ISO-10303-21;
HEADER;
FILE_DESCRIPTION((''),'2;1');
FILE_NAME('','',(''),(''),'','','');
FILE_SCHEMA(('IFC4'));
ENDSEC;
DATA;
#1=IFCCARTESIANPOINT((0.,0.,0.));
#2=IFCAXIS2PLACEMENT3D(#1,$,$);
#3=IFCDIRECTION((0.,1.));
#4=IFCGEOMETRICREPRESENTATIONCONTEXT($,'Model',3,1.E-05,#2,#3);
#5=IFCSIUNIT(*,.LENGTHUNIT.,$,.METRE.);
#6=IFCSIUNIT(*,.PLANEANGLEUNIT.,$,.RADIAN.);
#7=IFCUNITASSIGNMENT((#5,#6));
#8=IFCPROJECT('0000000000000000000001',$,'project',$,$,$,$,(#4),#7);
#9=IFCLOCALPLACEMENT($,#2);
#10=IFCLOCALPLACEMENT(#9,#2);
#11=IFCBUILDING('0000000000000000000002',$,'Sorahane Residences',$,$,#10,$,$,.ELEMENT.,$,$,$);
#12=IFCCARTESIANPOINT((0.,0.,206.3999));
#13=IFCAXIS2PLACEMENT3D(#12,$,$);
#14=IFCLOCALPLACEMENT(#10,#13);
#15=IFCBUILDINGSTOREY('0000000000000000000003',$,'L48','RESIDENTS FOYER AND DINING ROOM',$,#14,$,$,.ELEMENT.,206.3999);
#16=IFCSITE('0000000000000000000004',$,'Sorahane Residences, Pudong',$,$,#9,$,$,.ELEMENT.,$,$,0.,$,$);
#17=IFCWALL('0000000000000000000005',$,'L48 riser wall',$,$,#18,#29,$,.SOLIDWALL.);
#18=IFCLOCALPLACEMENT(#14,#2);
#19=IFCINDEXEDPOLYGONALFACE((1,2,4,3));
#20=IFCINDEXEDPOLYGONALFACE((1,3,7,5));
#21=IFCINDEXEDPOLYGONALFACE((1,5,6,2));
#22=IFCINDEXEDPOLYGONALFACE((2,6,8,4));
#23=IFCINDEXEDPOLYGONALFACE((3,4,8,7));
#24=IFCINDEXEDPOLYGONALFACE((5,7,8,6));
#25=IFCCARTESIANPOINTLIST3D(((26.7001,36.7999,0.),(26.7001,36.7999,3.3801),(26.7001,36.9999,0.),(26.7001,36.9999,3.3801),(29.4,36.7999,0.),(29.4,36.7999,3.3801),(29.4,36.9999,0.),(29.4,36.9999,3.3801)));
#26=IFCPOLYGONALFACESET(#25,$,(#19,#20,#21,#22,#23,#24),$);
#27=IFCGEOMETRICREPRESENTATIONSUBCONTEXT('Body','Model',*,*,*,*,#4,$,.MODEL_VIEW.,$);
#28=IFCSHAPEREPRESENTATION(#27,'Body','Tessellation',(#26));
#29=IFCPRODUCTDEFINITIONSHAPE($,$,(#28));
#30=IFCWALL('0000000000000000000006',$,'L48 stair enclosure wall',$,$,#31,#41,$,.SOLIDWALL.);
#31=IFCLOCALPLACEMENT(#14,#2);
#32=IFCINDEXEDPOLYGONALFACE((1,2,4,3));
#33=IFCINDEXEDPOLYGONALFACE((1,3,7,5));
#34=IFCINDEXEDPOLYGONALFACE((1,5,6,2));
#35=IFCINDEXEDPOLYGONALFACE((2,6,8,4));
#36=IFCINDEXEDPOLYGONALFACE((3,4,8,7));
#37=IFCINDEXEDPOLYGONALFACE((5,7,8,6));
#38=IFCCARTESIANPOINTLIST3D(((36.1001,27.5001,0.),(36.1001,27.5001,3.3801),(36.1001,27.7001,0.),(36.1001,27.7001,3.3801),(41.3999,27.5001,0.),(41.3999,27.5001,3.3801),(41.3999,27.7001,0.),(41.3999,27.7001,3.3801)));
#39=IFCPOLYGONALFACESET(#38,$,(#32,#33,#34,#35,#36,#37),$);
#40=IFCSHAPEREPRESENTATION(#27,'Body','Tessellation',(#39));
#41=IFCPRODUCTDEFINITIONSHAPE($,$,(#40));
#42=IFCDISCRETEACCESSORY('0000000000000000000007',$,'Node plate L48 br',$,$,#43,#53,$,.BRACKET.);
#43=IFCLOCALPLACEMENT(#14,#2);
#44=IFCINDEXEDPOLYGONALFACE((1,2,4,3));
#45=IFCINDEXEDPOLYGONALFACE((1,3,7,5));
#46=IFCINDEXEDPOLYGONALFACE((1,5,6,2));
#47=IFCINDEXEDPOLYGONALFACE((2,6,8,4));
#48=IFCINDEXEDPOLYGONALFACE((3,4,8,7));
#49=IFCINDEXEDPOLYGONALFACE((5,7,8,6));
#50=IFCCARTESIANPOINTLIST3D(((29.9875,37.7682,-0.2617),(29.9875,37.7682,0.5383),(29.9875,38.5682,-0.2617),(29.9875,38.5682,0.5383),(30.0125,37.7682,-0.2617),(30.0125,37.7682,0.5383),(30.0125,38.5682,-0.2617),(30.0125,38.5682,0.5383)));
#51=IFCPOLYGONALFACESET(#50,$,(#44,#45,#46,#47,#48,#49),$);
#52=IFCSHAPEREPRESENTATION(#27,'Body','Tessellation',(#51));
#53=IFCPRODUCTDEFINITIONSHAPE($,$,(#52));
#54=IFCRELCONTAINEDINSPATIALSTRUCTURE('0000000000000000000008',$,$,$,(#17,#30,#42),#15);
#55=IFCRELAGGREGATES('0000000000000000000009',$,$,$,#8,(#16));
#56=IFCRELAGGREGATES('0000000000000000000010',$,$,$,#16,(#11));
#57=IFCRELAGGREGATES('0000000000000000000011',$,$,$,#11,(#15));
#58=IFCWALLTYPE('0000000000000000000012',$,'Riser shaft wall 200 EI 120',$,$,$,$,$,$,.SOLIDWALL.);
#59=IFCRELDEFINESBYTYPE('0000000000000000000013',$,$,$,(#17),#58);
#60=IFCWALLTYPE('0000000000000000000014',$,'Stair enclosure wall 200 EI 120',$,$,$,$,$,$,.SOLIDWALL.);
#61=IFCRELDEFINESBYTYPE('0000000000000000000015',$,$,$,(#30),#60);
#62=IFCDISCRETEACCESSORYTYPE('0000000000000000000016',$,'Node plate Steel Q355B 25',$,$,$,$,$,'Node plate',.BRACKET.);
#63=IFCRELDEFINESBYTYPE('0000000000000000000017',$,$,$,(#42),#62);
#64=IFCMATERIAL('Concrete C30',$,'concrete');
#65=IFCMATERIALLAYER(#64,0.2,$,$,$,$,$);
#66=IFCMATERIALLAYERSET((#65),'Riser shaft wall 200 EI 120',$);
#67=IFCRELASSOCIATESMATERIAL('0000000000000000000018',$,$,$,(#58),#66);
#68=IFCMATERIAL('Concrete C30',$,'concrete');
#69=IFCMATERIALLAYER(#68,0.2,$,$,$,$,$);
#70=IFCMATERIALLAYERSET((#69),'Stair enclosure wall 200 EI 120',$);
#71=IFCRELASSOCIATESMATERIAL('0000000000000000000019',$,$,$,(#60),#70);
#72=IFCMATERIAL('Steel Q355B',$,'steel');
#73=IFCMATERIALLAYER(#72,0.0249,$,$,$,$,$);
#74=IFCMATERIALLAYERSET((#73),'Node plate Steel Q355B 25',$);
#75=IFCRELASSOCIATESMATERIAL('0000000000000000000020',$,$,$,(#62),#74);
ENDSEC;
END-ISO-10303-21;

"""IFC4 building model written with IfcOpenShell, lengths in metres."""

from ifc_helpers import new_model, si_unit, direction, frame, frame_2d, origin, origin_2d, place, context, subcontext, project, spatial, rectangle, extrude, material, layer, layer_set, type_object, element, save


model = new_model("IFC4")

# Units and contexts
model_context = context("Model", 3, precision=1e-05, world=origin(), true_north=direction((0.0, 1.0)))
body_context = subcontext(model_context, "Body", "Model", "MODEL_VIEW")
ifc_project = project(units=[si_unit("LENGTHUNIT", "METRE"), si_unit("PLANEANGLEUNIT", "RADIAN")], contexts=[model_context])

# Site, building, storey
site_placement = place(None, origin())
site = spatial("IfcSite", under=ifc_project, at=site_placement, Name="Sorahane Residences, Pudong", CompositionType="ELEMENT", RefElevation=0.0)
building_placement = place(site_placement, origin())
building = spatial("IfcBuilding", under=site, at=building_placement, Name="Sorahane Residences", CompositionType="ELEMENT")
storey_placement = place(building_placement, frame((0.0, 0.0, 206.3999)))
storey = spatial("IfcBuildingStorey", under=building, at=storey_placement, Name="L48", Description="RESIDENTS FOYER AND DINING ROOM", CompositionType="ELEMENT", Elevation=206.3999)

# Walls
ifc_material_1 = material(Name="Concrete C30", Category="concrete")
ifc_layer_1 = layer(ifc_material_1, 0.2)
ifc_layer_set_1 = layer_set([ifc_layer_1], Name="Riser shaft wall 200 EI 120")
wall_type_1 = type_object("IfcWallType", Name="Riser shaft wall 200 EI 120", PredefinedType="SOLIDWALL", material=ifc_layer_set_1)
wall_1_placement = place(storey_placement, frame((26.7, 36.8999, 0.0), z_axis=(0.0, 0.0, 1.0), x_axis=(1.0, 0.0, 0.0)))
element("IfcWall", 1, at=wall_1_placement, inside=storey, type_object=wall_type_1, Name="L48 riser wall", PredefinedType="SOLIDWALL", context=body_context, shape_type="SweptSolid", body=[
    extrude(rectangle(XDim=2.7, YDim=0.2, at=frame_2d((1.3501, 0.0))), origin(), (0.0, 0.0, 1.0), 3.3801),
])
ifc_material_2 = material(Name="Concrete C30", Category="concrete")
ifc_layer_2 = layer(ifc_material_2, 0.2)
ifc_layer_set_2 = layer_set([ifc_layer_2], Name="Stair enclosure wall 200 EI 120")
wall_type_2 = type_object("IfcWallType", Name="Stair enclosure wall 200 EI 120", PredefinedType="SOLIDWALL", material=ifc_layer_set_2)
wall_2_placement = place(storey_placement, frame((36.1001, 27.6001, 0.0), z_axis=(0.0, 0.0, 1.0), x_axis=(1.0, 0.0, 0.0)))
element("IfcWall", 2, at=wall_2_placement, inside=storey, type_object=wall_type_2, Name="L48 stair enclosure wall", PredefinedType="SOLIDWALL", context=body_context, shape_type="SweptSolid", body=[
    extrude(rectangle(XDim=5.2998, YDim=0.2, at=frame_2d((2.6499, 0.0))), origin(), (0.0, 0.0, 1.0), 3.3801),
])

# Discrete accessory
ifc_material_3 = material(Name="Steel Q355B", Category="steel")
ifc_layer_3 = layer(ifc_material_3, 0.0249)
ifc_layer_set_3 = layer_set([ifc_layer_3], Name="Node plate Steel Q355B 25")
discrete_accessory_type = type_object("IfcDiscreteAccessoryType", Name="Node plate Steel Q355B 25", ElementType="Node plate", PredefinedType="BRACKET", material=ifc_layer_set_3)
discrete_accessory_placement = place(storey_placement, frame((30.0, 38.1682, -0.2617), z_axis=(0.0, 0.0, 1.0), x_axis=(0.0, 1.0, 0.0)))
element("IfcDiscreteAccessory", 3, at=discrete_accessory_placement, inside=storey, type_object=discrete_accessory_type, Name="Node plate L48 br", PredefinedType="BRACKET", context=body_context, shape_type="SweptSolid", body=[
    extrude(rectangle(XDim=0.8, YDim=0.0249, at=origin_2d()), origin(), (0.0, 0.0, 1.0), 0.8),
])

save(model, "model.ifc")
